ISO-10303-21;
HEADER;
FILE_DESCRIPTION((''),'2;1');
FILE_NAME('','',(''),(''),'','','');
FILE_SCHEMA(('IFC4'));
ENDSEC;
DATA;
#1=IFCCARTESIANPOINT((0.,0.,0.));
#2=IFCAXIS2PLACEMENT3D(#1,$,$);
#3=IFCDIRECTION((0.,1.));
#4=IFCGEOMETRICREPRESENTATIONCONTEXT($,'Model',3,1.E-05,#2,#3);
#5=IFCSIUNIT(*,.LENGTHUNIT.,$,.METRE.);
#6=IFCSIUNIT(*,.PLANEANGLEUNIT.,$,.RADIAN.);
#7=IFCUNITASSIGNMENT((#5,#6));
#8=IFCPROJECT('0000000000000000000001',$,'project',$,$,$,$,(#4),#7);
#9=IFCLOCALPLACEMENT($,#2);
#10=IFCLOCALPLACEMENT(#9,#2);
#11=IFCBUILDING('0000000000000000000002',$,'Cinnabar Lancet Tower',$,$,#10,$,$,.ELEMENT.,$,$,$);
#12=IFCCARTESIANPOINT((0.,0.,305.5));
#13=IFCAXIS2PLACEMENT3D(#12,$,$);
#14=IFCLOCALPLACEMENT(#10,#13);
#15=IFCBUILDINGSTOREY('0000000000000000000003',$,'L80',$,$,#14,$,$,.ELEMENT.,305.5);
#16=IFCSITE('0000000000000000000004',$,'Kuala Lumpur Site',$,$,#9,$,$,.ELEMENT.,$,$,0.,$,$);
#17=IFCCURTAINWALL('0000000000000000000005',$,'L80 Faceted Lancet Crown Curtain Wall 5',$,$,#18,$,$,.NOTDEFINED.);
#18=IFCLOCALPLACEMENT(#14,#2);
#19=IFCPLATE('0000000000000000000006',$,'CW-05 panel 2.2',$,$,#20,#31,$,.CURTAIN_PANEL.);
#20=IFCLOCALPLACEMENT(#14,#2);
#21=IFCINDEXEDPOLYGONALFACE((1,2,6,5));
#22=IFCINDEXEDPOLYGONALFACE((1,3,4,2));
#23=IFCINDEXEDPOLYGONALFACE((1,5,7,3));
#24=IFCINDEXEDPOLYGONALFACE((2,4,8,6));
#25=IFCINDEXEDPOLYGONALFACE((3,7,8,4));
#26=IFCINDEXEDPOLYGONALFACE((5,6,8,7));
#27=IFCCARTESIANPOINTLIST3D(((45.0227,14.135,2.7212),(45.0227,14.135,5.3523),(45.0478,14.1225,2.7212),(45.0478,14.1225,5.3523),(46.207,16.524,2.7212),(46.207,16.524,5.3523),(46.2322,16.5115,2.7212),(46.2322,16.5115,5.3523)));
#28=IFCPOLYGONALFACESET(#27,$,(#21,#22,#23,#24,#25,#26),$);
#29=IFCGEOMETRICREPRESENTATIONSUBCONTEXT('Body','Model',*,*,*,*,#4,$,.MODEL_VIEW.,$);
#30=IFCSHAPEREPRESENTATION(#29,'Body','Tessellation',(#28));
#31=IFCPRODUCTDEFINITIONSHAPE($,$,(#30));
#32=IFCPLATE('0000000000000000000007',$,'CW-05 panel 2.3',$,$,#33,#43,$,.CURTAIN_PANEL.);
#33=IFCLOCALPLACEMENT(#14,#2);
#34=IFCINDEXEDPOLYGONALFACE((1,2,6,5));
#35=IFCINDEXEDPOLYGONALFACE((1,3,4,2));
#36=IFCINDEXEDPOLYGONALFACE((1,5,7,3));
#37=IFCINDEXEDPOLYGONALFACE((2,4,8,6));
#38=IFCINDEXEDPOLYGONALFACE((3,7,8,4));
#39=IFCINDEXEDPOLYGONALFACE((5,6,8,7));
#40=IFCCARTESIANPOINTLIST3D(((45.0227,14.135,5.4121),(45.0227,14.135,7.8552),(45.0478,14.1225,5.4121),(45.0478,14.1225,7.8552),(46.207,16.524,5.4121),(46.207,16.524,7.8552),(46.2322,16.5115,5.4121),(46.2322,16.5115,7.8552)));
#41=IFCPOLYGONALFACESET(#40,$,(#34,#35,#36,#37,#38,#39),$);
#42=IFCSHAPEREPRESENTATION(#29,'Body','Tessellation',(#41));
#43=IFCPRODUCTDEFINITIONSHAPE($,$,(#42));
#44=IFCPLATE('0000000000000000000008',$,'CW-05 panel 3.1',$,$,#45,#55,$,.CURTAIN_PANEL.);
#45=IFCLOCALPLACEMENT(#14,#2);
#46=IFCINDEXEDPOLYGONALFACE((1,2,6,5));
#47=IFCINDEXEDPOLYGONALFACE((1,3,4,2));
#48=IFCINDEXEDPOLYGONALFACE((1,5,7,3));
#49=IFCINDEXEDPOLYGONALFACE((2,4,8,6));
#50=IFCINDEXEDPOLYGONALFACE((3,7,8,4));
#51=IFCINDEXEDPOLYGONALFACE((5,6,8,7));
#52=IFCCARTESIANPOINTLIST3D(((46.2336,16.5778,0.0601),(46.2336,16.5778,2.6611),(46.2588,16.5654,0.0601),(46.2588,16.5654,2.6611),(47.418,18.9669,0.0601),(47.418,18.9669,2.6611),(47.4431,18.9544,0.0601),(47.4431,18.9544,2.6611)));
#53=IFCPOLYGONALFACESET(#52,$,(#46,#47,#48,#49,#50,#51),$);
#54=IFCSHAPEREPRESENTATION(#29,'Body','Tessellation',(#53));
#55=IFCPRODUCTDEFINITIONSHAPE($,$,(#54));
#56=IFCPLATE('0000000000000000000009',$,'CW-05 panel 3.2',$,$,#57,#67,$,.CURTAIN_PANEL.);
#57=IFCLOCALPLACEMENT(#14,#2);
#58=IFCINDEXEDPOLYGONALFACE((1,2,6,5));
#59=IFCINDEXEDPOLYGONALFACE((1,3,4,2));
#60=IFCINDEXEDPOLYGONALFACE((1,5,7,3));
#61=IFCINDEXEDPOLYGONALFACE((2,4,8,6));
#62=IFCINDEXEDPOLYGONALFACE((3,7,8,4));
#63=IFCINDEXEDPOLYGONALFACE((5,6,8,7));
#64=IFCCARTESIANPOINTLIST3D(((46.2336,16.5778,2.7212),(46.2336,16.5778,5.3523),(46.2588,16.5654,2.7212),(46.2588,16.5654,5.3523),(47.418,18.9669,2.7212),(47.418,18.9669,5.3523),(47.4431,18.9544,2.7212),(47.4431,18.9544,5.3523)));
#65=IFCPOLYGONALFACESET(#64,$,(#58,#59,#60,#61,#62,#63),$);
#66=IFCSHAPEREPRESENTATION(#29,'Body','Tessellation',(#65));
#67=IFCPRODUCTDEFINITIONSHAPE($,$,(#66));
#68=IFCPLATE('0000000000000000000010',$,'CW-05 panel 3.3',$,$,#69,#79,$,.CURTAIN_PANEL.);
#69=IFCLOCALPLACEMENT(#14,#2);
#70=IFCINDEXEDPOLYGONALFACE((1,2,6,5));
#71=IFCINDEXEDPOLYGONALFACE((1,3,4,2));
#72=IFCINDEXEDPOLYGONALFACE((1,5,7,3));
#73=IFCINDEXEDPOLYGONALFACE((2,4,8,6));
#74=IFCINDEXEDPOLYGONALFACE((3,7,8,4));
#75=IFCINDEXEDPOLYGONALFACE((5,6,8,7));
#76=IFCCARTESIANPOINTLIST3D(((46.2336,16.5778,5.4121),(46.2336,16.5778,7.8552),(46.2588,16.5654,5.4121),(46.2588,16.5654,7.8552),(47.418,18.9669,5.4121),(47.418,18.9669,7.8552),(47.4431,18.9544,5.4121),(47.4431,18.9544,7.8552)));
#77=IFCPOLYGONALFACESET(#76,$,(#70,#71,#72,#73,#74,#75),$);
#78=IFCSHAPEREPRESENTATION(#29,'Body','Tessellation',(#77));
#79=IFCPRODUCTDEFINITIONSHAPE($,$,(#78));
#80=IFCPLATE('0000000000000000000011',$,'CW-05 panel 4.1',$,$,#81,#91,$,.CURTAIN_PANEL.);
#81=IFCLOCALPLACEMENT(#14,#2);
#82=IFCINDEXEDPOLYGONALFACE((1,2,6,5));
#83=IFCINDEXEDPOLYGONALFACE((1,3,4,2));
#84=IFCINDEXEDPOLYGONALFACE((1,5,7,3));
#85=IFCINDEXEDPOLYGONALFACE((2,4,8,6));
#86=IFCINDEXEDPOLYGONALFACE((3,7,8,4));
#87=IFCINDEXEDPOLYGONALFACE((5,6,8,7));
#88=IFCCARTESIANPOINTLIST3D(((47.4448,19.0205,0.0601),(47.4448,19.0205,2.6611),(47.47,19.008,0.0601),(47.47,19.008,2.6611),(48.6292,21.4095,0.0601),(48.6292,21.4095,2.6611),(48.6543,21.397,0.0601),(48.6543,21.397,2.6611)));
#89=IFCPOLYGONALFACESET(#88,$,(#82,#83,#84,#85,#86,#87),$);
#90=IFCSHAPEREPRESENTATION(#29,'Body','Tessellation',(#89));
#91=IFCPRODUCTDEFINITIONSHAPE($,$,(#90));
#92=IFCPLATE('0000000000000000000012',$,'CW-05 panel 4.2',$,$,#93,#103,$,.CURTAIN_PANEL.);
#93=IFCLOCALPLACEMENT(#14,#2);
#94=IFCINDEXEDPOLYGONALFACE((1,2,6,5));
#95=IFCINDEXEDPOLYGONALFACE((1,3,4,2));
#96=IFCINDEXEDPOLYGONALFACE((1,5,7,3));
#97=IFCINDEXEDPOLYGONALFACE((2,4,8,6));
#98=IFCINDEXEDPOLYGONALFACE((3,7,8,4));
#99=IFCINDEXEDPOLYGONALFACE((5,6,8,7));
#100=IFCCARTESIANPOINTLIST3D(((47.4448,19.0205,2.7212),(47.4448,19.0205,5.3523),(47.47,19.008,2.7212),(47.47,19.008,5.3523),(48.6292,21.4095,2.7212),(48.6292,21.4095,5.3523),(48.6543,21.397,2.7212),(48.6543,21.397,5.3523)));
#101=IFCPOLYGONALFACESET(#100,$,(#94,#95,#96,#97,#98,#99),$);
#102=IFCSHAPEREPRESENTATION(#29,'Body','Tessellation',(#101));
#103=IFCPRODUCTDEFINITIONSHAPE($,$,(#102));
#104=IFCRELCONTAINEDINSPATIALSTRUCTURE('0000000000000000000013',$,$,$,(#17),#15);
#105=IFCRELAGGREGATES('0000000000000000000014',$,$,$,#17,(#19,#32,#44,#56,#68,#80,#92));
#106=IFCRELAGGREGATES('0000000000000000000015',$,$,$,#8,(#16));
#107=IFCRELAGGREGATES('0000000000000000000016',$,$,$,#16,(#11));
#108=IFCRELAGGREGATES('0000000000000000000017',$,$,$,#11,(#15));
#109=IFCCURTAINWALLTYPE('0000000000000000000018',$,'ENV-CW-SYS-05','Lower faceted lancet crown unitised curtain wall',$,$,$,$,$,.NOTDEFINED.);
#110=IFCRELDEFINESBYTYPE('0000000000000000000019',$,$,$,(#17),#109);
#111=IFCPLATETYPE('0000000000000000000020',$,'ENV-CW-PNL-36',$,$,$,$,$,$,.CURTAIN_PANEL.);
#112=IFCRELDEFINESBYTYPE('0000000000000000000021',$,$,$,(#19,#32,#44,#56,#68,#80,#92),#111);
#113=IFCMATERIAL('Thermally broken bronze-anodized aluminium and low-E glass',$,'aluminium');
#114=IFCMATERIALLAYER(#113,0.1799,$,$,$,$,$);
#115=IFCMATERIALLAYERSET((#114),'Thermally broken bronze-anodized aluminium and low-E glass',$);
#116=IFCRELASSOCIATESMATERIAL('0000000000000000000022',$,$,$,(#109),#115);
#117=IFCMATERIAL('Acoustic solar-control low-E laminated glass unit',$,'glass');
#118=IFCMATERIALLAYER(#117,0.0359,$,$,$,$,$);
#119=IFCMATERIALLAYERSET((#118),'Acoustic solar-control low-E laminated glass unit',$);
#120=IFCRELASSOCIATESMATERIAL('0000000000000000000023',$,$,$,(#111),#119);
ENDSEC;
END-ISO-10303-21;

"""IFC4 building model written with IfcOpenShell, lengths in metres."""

from ifc_helpers import new_model, si_unit, direction, frame, origin, origin_2d, place, context, subcontext, project, spatial, rectangle, extrude, material, layer, layer_set, type_object, element, aggregate, save


model = new_model("IFC4")

# Units and contexts
model_context = context("Model", 3, precision=1e-05, world=origin(), true_north=direction((0.0, 1.0)))
body_context = subcontext(model_context, "Body", "Model", "MODEL_VIEW")
ifc_project = project(units=[si_unit("LENGTHUNIT", "METRE"), si_unit("PLANEANGLEUNIT", "RADIAN")], contexts=[model_context])

# Site, building, storey
site_placement = place(None, origin())
site = spatial("IfcSite", under=ifc_project, at=site_placement, Name="Kuala Lumpur Site", CompositionType="ELEMENT", RefElevation=0.0)
building_placement = place(site_placement, origin())
building = spatial("IfcBuilding", under=site, at=building_placement, Name="Cinnabar Lancet Tower", CompositionType="ELEMENT")
storey_placement = place(building_placement, frame((0.0, 0.0, 305.5)))
storey = spatial("IfcBuildingStorey", under=building, at=storey_placement, Name="L80", CompositionType="ELEMENT", Elevation=305.5)

# Curtain wall, plates
ifc_material_1 = material(Name="Thermally broken bronze-anodized aluminium and low-E glass", Category="aluminium")
ifc_layer_1 = layer(ifc_material_1, 0.1799)
ifc_layer_set_1 = layer_set([ifc_layer_1], Name="Thermally broken bronze-anodized aluminium and low-E glass")
curtain_wall_type = type_object("IfcCurtainWallType", Name="ENV-CW-SYS-05", Description="Lower faceted lancet crown unitised curtain wall", PredefinedType="NOTDEFINED", material=ifc_layer_set_1)
curtain_wall_placement = place(storey_placement, origin())
curtain_wall = element("IfcCurtainWall", 1, at=curtain_wall_placement, inside=storey, type_object=curtain_wall_type, Name="L80 Faceted Lancet Crown Curtain Wall 5", PredefinedType="NOTDEFINED")
ifc_material_2 = material(Name="Acoustic solar-control low-E laminated glass unit", Category="glass")
ifc_layer_2 = layer(ifc_material_2, 0.0359)
ifc_layer_set_2 = layer_set([ifc_layer_2], Name="Acoustic solar-control low-E laminated glass unit")
plate_type = type_object("IfcPlateType", Name="ENV-CW-PNL-36", PredefinedType="CURTAIN_PANEL", material=ifc_layer_set_2)
plate_1_placement = place(storey_placement, frame((45.6274, 15.3232, 2.7212), z_axis=(0.0, 0.0, 1.0), x_axis=(0.444159, 0.895948, 0.0)))
plate_1 = element("IfcPlate", 2, at=plate_1_placement, type_object=plate_type, Name="CW-05 panel 2.2", PredefinedType="CURTAIN_PANEL", context=body_context, shape_type="SweptSolid", body=[
    extrude(rectangle(XDim=2.6665, YDim=0.0281, at=origin_2d()), origin(), (0.0, 0.0, 1.0), 2.6311),
])
plate_2_placement = place(storey_placement, frame((45.6274, 15.3232, 5.4121), z_axis=(0.0, 0.0, 1.0), x_axis=(0.444159, 0.895948, 0.0)))
plate_2 = element("IfcPlate", 3, at=plate_2_placement, type_object=plate_type, Name="CW-05 panel 2.3", PredefinedType="CURTAIN_PANEL", context=body_context, shape_type="SweptSolid", body=[
    extrude(rectangle(XDim=2.6665, YDim=0.0281, at=origin_2d()), origin(), (0.0, 0.0, 1.0), 2.4431),
])
plate_3_placement = place(storey_placement, frame((46.8384, 17.7661, 0.0601), z_axis=(0.0, 0.0, 1.0), x_axis=(0.444159, 0.895948, 0.0)))
plate_3 = element("IfcPlate", 4, at=plate_3_placement, type_object=plate_type, Name="CW-05 panel 3.1", PredefinedType="CURTAIN_PANEL", context=body_context, shape_type="SweptSolid", body=[
    extrude(rectangle(XDim=2.6665, YDim=0.0281, at=origin_2d()), origin(), (0.0, 0.0, 1.0), 2.6011),
])
plate_4_placement = place(storey_placement, frame((46.8384, 17.7661, 2.7212), z_axis=(0.0, 0.0, 1.0), x_axis=(0.444159, 0.895948, 0.0)))
plate_4 = element("IfcPlate", 5, at=plate_4_placement, type_object=plate_type, Name="CW-05 panel 3.2", PredefinedType="CURTAIN_PANEL", context=body_context, shape_type="SweptSolid", body=[
    extrude(rectangle(XDim=2.6665, YDim=0.0281, at=origin_2d()), origin(), (0.0, 0.0, 1.0), 2.6311),
])
plate_5_placement = place(storey_placement, frame((46.8384, 17.7661, 5.4121), z_axis=(0.0, 0.0, 1.0), x_axis=(0.444159, 0.895948, 0.0)))
plate_5 = element("IfcPlate", 6, at=plate_5_placement, type_object=plate_type, Name="CW-05 panel 3.3", PredefinedType="CURTAIN_PANEL", context=body_context, shape_type="SweptSolid", body=[
    extrude(rectangle(XDim=2.6665, YDim=0.0281, at=origin_2d()), origin(), (0.0, 0.0, 1.0), 2.4431),
])
plate_6_placement = place(storey_placement, frame((48.0496, 20.2087, 0.0601), z_axis=(0.0, 0.0, 1.0), x_axis=(0.444159, 0.895948, 0.0)))
plate_6 = element("IfcPlate", 7, at=plate_6_placement, type_object=plate_type, Name="CW-05 panel 4.1", PredefinedType="CURTAIN_PANEL", context=body_context, shape_type="SweptSolid", body=[
    extrude(rectangle(XDim=2.6665, YDim=0.0281, at=origin_2d()), origin(), (0.0, 0.0, 1.0), 2.6011),
])
plate_7_placement = place(storey_placement, frame((48.0496, 20.2087, 2.7212), z_axis=(0.0, 0.0, 1.0), x_axis=(0.444159, 0.895948, 0.0)))
plate_7 = element("IfcPlate", 8, at=plate_7_placement, type_object=plate_type, Name="CW-05 panel 4.2", PredefinedType="CURTAIN_PANEL", context=body_context, shape_type="SweptSolid", body=[
    extrude(rectangle(XDim=2.6665, YDim=0.0281, at=origin_2d()), origin(), (0.0, 0.0, 1.0), 2.6311),
])
aggregate(curtain_wall, [plate_1, plate_2, plate_3, plate_4, plate_5, plate_6, plate_7])

save(model, "model.ifc")
